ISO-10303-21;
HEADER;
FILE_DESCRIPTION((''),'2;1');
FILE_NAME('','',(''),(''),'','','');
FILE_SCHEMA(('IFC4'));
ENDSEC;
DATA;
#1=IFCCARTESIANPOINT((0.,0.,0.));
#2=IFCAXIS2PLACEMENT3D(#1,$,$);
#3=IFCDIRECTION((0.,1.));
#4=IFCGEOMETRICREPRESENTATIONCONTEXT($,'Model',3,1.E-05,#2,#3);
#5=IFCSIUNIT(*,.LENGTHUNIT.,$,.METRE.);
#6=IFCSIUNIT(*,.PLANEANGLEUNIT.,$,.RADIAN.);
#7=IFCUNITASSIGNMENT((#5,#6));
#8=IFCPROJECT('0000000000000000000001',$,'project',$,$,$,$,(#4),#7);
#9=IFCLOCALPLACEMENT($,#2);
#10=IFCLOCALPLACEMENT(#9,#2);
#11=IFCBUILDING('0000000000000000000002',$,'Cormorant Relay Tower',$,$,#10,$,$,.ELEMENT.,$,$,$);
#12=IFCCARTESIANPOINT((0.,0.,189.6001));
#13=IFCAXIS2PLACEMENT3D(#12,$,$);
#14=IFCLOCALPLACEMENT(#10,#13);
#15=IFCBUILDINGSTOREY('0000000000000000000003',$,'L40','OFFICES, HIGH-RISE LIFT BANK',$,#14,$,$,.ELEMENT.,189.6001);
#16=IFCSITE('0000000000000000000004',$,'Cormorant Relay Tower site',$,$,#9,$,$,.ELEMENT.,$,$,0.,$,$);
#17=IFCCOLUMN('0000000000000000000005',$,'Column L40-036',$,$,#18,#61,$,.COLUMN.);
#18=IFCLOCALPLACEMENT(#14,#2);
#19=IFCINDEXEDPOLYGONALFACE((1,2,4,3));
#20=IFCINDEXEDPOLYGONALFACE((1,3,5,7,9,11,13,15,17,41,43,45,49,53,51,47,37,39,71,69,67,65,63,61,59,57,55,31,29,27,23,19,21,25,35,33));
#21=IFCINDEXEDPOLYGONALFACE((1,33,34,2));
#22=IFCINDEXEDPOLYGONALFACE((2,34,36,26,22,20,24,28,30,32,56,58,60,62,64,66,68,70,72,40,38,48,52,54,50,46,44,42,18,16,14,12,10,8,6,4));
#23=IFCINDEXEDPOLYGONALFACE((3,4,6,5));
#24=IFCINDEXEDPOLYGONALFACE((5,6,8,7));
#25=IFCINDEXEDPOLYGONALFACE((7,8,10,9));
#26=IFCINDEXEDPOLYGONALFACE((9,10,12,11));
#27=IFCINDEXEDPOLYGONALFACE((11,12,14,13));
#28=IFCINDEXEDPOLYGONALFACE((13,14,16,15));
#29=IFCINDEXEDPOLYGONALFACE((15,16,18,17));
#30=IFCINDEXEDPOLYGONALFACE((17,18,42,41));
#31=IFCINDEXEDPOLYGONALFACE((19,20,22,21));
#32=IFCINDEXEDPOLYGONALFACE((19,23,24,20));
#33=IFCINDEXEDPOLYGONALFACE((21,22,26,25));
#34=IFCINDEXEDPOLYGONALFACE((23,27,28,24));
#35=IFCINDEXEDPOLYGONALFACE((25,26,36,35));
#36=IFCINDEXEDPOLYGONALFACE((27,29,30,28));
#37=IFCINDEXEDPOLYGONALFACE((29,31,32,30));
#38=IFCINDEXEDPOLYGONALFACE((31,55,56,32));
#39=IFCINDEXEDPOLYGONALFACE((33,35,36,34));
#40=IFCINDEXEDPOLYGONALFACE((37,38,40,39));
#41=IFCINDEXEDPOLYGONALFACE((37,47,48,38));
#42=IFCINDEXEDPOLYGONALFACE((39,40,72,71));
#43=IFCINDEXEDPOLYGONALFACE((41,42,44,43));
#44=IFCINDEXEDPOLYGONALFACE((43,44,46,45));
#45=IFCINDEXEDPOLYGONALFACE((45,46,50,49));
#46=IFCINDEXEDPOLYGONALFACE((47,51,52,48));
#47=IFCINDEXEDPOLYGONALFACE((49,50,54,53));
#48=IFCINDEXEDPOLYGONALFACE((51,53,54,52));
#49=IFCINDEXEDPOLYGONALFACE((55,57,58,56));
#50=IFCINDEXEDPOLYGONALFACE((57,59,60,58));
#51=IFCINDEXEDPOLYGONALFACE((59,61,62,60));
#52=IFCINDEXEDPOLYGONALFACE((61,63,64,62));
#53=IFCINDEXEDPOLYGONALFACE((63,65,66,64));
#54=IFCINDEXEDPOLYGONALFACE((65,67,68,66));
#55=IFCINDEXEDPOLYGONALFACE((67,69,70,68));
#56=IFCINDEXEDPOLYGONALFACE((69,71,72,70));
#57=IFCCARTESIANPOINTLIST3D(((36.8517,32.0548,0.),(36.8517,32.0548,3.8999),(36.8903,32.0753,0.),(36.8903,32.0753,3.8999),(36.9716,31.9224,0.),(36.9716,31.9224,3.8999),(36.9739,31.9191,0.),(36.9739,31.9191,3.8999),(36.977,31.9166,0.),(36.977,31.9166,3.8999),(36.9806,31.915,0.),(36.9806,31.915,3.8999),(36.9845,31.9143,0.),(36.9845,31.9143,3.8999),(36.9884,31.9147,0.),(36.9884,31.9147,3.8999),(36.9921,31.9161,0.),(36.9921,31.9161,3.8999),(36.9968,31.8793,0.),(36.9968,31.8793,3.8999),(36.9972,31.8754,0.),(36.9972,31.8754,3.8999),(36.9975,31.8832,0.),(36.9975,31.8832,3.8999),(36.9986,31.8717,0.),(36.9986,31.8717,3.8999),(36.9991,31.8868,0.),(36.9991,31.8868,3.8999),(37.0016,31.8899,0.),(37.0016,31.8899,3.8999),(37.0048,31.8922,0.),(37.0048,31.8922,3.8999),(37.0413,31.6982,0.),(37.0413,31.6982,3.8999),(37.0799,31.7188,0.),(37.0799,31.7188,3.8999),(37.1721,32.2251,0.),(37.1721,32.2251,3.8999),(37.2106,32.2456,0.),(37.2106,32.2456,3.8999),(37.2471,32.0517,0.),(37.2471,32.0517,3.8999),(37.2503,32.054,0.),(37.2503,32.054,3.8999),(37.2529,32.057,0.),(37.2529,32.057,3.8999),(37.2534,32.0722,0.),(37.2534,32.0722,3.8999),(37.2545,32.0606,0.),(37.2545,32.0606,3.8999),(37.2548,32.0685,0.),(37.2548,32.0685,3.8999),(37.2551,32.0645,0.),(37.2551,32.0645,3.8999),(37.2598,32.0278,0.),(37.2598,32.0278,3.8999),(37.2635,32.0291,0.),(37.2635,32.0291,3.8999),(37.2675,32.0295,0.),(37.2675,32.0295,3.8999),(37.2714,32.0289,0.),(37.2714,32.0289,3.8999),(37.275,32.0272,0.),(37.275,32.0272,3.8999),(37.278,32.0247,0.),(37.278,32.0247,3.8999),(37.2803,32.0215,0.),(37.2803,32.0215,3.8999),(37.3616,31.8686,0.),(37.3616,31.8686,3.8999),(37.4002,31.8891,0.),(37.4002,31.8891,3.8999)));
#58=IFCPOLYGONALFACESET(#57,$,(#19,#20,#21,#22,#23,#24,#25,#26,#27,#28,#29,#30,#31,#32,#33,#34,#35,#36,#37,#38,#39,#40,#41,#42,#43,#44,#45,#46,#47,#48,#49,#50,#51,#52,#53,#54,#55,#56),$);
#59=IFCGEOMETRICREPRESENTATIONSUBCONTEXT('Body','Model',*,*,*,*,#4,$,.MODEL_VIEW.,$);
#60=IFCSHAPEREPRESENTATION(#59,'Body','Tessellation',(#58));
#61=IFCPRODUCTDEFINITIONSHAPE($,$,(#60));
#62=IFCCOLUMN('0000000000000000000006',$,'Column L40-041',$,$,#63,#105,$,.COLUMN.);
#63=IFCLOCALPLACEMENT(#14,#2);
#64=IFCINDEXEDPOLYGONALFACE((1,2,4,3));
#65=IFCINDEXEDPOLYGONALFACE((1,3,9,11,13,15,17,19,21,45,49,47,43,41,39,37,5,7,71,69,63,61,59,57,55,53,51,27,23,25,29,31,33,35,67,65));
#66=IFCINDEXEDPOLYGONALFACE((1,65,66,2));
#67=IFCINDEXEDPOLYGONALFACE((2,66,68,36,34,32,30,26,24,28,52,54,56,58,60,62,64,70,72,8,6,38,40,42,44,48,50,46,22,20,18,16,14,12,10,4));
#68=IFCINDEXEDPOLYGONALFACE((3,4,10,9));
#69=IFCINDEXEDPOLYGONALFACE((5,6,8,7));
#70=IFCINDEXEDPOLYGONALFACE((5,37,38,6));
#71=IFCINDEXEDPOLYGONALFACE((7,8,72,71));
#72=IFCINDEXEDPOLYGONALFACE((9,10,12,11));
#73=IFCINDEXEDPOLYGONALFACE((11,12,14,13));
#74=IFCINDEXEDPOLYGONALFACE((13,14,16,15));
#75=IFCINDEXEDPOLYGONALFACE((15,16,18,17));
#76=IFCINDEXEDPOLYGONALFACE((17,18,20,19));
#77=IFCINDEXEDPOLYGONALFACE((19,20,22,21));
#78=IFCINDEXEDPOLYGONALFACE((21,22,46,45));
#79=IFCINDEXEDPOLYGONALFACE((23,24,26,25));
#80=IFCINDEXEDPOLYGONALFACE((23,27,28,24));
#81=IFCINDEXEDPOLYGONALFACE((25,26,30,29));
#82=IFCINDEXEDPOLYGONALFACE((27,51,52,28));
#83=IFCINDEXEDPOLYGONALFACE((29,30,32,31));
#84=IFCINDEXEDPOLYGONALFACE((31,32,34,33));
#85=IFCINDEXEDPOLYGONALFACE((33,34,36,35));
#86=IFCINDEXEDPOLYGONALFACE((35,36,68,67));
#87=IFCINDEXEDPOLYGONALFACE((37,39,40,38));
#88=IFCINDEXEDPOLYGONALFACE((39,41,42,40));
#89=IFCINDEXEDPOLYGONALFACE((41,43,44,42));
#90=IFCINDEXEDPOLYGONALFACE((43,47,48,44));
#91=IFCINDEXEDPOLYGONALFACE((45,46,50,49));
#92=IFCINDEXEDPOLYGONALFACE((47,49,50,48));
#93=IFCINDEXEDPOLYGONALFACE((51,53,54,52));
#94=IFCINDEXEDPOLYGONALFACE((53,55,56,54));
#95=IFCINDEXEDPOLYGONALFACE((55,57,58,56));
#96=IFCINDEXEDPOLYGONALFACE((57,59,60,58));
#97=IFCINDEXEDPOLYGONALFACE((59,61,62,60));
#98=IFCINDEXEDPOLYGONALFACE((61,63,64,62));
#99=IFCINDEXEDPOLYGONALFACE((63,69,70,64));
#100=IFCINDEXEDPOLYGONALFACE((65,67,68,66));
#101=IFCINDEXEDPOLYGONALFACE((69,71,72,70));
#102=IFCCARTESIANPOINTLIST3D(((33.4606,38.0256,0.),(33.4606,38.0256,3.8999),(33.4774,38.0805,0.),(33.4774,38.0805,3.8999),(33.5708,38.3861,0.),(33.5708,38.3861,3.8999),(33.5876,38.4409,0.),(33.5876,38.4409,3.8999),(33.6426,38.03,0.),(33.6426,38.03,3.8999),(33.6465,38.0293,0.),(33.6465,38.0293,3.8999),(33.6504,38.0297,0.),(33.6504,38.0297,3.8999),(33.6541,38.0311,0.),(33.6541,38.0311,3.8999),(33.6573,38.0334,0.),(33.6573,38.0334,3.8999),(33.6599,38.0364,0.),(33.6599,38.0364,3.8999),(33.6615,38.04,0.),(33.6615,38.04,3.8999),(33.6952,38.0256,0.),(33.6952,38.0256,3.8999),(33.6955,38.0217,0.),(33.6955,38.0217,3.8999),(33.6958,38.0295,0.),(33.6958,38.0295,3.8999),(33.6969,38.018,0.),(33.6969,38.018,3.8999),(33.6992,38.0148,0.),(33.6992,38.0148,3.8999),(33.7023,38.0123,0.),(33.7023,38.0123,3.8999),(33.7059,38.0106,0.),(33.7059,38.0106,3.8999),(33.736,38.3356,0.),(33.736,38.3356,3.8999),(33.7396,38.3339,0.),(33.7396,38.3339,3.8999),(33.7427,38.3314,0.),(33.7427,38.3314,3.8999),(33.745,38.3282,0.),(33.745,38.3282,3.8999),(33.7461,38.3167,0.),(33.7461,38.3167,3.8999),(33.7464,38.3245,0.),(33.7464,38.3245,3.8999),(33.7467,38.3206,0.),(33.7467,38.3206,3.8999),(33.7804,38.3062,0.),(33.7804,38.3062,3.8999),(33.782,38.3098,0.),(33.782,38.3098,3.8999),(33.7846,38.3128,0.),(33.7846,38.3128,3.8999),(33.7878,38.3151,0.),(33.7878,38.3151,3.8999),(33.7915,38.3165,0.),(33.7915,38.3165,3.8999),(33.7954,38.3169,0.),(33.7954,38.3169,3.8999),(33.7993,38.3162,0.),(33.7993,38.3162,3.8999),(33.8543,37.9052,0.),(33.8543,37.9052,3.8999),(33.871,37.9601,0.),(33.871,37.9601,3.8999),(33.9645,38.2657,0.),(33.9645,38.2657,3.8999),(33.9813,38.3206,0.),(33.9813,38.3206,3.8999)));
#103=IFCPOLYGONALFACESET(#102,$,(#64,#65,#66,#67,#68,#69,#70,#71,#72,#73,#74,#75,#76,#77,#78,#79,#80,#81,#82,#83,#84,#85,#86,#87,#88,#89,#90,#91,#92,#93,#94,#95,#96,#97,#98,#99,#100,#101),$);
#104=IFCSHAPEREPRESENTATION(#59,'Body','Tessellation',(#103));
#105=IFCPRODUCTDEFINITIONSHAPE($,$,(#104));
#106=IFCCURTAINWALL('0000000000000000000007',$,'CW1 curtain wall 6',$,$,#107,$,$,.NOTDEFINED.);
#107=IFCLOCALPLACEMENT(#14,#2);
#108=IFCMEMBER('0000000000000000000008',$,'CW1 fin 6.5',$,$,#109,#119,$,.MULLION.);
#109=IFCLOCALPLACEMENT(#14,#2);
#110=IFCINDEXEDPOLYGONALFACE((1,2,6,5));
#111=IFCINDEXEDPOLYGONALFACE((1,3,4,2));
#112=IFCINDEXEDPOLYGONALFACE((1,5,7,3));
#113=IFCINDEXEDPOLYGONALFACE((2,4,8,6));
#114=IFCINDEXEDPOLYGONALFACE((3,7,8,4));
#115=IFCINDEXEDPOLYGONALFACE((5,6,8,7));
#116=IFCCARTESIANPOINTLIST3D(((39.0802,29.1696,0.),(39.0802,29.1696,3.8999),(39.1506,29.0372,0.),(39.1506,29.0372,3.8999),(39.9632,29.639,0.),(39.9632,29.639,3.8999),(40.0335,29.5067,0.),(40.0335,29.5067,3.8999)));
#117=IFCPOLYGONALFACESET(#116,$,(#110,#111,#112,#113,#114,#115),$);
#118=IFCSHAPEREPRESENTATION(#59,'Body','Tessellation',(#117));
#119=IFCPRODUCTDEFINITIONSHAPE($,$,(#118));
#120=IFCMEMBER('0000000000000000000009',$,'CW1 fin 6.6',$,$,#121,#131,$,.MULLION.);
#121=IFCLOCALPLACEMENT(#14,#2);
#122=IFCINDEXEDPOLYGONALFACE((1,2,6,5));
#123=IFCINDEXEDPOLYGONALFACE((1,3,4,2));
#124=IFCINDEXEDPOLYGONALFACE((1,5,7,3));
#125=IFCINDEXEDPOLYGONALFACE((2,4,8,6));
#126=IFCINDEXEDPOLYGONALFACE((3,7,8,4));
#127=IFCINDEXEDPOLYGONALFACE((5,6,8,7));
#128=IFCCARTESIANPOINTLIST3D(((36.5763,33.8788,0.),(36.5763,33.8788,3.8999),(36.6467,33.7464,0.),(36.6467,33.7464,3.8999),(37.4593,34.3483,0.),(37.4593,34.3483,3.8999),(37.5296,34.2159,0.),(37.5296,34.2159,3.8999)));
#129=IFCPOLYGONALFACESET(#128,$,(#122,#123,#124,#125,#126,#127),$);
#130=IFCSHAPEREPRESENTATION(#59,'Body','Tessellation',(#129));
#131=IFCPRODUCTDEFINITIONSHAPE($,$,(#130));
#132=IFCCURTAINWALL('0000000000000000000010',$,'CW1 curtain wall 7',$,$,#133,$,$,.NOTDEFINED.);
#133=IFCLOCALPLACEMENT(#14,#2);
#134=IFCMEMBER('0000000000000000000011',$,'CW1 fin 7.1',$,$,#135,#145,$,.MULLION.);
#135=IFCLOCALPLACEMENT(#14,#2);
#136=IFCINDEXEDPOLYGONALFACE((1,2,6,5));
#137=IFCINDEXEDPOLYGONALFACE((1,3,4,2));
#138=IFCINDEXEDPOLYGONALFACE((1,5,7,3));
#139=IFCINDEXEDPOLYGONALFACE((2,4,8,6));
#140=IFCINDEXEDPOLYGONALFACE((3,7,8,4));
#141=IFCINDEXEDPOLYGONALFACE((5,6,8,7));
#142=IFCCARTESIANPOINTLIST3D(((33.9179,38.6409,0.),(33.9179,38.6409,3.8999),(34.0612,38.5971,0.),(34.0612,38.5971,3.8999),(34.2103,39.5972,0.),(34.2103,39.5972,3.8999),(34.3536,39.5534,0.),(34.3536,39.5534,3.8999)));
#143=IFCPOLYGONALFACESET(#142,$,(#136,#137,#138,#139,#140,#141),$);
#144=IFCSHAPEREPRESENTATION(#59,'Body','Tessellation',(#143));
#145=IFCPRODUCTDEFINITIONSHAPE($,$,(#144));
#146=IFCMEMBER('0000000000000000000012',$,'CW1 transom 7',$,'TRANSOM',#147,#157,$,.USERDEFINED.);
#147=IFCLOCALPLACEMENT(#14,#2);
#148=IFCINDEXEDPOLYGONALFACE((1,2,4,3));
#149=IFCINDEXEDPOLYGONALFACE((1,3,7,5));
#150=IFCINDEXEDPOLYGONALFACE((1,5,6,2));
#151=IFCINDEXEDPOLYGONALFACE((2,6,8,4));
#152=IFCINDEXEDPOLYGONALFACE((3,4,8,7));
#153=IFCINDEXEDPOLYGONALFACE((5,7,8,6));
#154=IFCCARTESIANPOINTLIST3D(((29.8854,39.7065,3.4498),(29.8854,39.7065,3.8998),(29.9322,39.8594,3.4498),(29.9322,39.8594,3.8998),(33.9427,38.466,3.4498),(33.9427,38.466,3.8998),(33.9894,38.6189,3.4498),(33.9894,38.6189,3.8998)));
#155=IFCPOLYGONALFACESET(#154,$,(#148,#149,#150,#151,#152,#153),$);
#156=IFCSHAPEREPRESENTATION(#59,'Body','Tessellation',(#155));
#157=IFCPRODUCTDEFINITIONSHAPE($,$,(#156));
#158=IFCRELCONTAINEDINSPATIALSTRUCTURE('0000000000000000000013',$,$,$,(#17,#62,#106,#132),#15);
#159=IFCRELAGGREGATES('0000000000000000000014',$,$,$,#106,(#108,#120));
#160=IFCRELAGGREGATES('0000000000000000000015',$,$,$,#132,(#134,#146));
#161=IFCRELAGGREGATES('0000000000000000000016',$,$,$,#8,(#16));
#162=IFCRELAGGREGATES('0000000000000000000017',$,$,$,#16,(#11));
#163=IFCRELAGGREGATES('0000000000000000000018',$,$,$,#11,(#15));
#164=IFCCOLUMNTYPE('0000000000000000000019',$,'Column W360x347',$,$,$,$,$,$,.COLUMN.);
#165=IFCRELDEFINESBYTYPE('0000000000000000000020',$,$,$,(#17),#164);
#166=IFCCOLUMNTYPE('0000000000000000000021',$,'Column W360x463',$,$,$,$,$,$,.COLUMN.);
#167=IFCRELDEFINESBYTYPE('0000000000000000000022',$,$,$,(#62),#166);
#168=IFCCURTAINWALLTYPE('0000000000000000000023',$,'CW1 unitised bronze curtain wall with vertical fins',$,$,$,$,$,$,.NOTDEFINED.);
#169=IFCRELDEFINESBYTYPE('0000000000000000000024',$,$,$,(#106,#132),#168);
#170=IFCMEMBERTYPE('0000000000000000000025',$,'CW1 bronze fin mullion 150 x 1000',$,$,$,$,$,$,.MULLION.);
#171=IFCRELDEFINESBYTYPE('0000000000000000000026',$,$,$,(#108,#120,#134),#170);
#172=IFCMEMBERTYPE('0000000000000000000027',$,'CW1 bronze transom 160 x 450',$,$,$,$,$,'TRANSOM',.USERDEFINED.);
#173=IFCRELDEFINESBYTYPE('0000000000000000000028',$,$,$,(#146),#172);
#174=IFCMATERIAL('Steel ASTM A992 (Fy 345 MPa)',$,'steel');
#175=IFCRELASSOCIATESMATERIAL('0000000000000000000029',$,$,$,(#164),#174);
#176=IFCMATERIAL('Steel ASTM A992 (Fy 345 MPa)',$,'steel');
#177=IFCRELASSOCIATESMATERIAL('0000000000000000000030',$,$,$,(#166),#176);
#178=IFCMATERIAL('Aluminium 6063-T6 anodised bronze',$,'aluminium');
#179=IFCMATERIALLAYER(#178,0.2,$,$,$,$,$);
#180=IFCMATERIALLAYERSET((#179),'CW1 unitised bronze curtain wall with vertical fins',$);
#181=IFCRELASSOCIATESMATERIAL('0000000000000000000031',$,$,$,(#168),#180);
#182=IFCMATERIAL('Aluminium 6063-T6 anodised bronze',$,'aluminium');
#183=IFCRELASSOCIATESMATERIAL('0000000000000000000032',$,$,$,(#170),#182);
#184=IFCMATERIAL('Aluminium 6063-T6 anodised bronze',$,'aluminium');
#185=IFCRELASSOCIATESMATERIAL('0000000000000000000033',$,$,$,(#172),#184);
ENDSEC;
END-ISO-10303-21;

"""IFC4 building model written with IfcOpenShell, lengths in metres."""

from ifc_helpers import new_model, si_unit, direction, frame, origin, origin_2d, place, context, subcontext, project, spatial, rectangle, i_section, extrude, material, layer, layer_set, material_profile, profile_set, type_object, element, aggregate, save


model = new_model("IFC4")

# Units and contexts
model_context = context("Model", 3, precision=1e-05, world=origin(), true_north=direction((0.0, 1.0)))
body_context = subcontext(model_context, "Body", "Model", "MODEL_VIEW")
ifc_project = project(units=[si_unit("LENGTHUNIT", "METRE"), si_unit("PLANEANGLEUNIT", "RADIAN")], contexts=[model_context])

# Site, building, storey
site_placement = place(None, origin())
site = spatial("IfcSite", under=ifc_project, at=site_placement, Name="Cormorant Relay Tower site", CompositionType="ELEMENT", RefElevation=0.0)
building_placement = place(site_placement, origin())
building = spatial("IfcBuilding", under=site, at=building_placement, Name="Cormorant Relay Tower", CompositionType="ELEMENT")
storey_placement = place(building_placement, frame((0.0, 0.0, 189.6001)))
storey = spatial("IfcBuildingStorey", under=building, at=storey_placement, Name="L40", Description="OFFICES, HIGH-RISE LIFT BANK", CompositionType="ELEMENT", Elevation=189.6001)

# Columns
ifc_material_1 = material(Name="Steel ASTM A992 (Fy 345 MPa)", Category="steel")
ifc_material_profile_1 = material_profile(ifc_material_1, i_section(OverallWidth=0.4038, OverallDepth=0.4065, WebThickness=0.0271, FlangeThickness=0.0437, FilletRadius=0.0151, at=origin_2d()), Name="W360x347")
ifc_profile_set_1 = profile_set([ifc_material_profile_1], Name="Steel ASTM A992 (Fy 345 MPa)")
column_type_1 = type_object("IfcColumnType", Name="Column W360x347", PredefinedType="COLUMN", material=ifc_profile_set_1)
column_1_placement = place(storey_placement, frame((37.126, 31.9719, 0.0), z_axis=(0.0, 0.0, 1.0), x_axis=(-0.469472, 0.882948, 0.0)))
element("IfcColumn", 1, at=column_1_placement, inside=storey, type_object=column_type_1, Name="Column L40-036", PredefinedType="COLUMN", context=body_context, shape_type="SweptSolid", body=[
    extrude(i_section(OverallWidth=0.4038, OverallDepth=0.4065, WebThickness=0.0271, FlangeThickness=0.0437, FilletRadius=0.0151, at=origin_2d()), origin(), (0.0, 0.0, 1.0), 3.8999),
])
ifc_material_2 = material(Name="Steel ASTM A992 (Fy 345 MPa)", Category="steel")
ifc_material_profile_2 = material_profile(ifc_material_2, i_section(OverallWidth=0.4116, OverallDepth=0.4343, WebThickness=0.0359, FlangeThickness=0.0574, FilletRadius=0.0151, at=origin_2d()), Name="W360x463")
ifc_profile_set_2 = profile_set([ifc_material_profile_2], Name="Steel ASTM A992 (Fy 345 MPa)")
column_type_2 = type_object("IfcColumnType", Name="Column W360x463", PredefinedType="COLUMN", material=ifc_profile_set_2)
column_2_placement = place(storey_placement, frame((33.7209, 38.1731, 0.0), z_axis=(0.0, 0.0, 1.0), x_axis=(-0.956305, 0.292372, 0.0)))
element("IfcColumn", 2, at=column_2_placement, inside=storey, type_object=column_type_2, Name="Column L40-041", PredefinedType="COLUMN", context=body_context, shape_type="SweptSolid", body=[
    extrude(i_section(OverallWidth=0.4116, OverallDepth=0.4343, WebThickness=0.0359, FlangeThickness=0.0574, FilletRadius=0.0151, at=origin_2d()), origin(), (0.0, 0.0, 1.0), 3.8999),
])

# Curtain walls, members
ifc_material_3 = material(Name="Aluminium 6063-T6 anodised bronze", Category="aluminium")
ifc_layer_1 = layer(ifc_material_3, 0.2)
ifc_layer_set_1 = layer_set([ifc_layer_1], Name="CW1 unitised bronze curtain wall with vertical fins")
curtain_wall_type = type_object("IfcCurtainWallType", Name="CW1 unitised bronze curtain wall with vertical fins", PredefinedType="NOTDEFINED", material=ifc_layer_set_1)
curtain_wall_1_placement = place(storey_placement, origin())
curtain_wall_1 = element("IfcCurtainWall", 3, at=curtain_wall_1_placement, inside=storey, type_object=curtain_wall_type, Name="CW1 curtain wall 6", PredefinedType="NOTDEFINED")
ifc_material_4 = material(Name="Aluminium 6063-T6 anodised bronze", Category="aluminium")
ifc_material_profile_3 = material_profile(ifc_material_4, rectangle(XDim=0.1499, YDim=1.0, at=origin_2d()), Name="AL 150x1000")
ifc_profile_set_3 = profile_set([ifc_material_profile_3], Name="Aluminium 6063-T6 anodised bronze")
member_type_1 = type_object("IfcMemberType", Name="CW1 bronze fin mullion 150 x 1000", PredefinedType="MULLION", material=ifc_profile_set_3)
member_1_placement = place(storey_placement, frame((39.5569, 29.3381, 0.0), z_axis=(0.0, 0.0, 1.0), x_axis=(-0.469472, 0.882948, 0.0)))
member_1 = element("IfcMember", 4, at=member_1_placement, type_object=member_type_1, Name="CW1 fin 6.5", PredefinedType="MULLION", context=body_context, shape_type="SweptSolid", body=[
    extrude(rectangle(XDim=0.1499, YDim=1.0, at=origin_2d()), origin(), (0.0, 0.0, 1.0), 3.8999),
])
member_2_placement = place(storey_placement, frame((37.053, 34.0474, 0.0), z_axis=(0.0, 0.0, 1.0), x_axis=(-0.469472, 0.882948, 0.0)))
member_2 = element("IfcMember", 5, at=member_2_placement, type_object=member_type_1, Name="CW1 fin 6.6", PredefinedType="MULLION", context=body_context, shape_type="SweptSolid", body=[
    extrude(rectangle(XDim=0.1499, YDim=1.0, at=origin_2d()), origin(), (0.0, 0.0, 1.0), 3.8999),
])
curtain_wall_2_placement = place(storey_placement, origin())
curtain_wall_2 = element("IfcCurtainWall", 6, at=curtain_wall_2_placement, inside=storey, type_object=curtain_wall_type, Name="CW1 curtain wall 7", PredefinedType="NOTDEFINED")
member_3_placement = place(storey_placement, frame((34.1357, 39.0972, 0.0), z_axis=(0.0, 0.0, 1.0), x_axis=(-0.956305, 0.292372, 0.0)))
member_3 = element("IfcMember", 7, at=member_3_placement, type_object=member_type_1, Name="CW1 fin 7.1", PredefinedType="MULLION", context=body_context, shape_type="SweptSolid", body=[
    extrude(rectangle(XDim=0.1499, YDim=1.0, at=origin_2d()), origin(), (0.0, 0.0, 1.0), 3.8999),
])
ifc_material_5 = material(Name="Aluminium 6063-T6 anodised bronze", Category="aluminium")
ifc_material_profile_4 = material_profile(ifc_material_5, rectangle(XDim=0.1599, YDim=0.45, at=origin_2d()), Name="AL 160x450")
ifc_profile_set_4 = profile_set([ifc_material_profile_4], Name="Aluminium 6063-T6 anodised bronze")
member_type_2 = type_object("IfcMemberType", Name="CW1 bronze transom 160 x 450", ElementType="TRANSOM", PredefinedType="USERDEFINED", material=ifc_profile_set_4)
member_4_placement = place(storey_placement, frame((33.9661, 38.5425, 3.6748), z_axis=(-0.956304, 0.292375, 0.0), x_axis=(-0.292375, -0.956304, 0.0)))
member_4 = element("IfcMember", 8, at=member_4_placement, type_object=member_type_2, Name="CW1 transom 7", ObjectType="TRANSOM", PredefinedType="USERDEFINED", context=body_context, shape_type="SweptSolid", body=[
    extrude(rectangle(XDim=0.1599, YDim=0.45, at=origin_2d()), origin(), (0.0, 0.0, 1.0), 4.2427),
])

aggregate(curtain_wall_1, [member_1, member_2])
aggregate(curtain_wall_2, [member_3, member_4])

save(model, "model.ifc")
